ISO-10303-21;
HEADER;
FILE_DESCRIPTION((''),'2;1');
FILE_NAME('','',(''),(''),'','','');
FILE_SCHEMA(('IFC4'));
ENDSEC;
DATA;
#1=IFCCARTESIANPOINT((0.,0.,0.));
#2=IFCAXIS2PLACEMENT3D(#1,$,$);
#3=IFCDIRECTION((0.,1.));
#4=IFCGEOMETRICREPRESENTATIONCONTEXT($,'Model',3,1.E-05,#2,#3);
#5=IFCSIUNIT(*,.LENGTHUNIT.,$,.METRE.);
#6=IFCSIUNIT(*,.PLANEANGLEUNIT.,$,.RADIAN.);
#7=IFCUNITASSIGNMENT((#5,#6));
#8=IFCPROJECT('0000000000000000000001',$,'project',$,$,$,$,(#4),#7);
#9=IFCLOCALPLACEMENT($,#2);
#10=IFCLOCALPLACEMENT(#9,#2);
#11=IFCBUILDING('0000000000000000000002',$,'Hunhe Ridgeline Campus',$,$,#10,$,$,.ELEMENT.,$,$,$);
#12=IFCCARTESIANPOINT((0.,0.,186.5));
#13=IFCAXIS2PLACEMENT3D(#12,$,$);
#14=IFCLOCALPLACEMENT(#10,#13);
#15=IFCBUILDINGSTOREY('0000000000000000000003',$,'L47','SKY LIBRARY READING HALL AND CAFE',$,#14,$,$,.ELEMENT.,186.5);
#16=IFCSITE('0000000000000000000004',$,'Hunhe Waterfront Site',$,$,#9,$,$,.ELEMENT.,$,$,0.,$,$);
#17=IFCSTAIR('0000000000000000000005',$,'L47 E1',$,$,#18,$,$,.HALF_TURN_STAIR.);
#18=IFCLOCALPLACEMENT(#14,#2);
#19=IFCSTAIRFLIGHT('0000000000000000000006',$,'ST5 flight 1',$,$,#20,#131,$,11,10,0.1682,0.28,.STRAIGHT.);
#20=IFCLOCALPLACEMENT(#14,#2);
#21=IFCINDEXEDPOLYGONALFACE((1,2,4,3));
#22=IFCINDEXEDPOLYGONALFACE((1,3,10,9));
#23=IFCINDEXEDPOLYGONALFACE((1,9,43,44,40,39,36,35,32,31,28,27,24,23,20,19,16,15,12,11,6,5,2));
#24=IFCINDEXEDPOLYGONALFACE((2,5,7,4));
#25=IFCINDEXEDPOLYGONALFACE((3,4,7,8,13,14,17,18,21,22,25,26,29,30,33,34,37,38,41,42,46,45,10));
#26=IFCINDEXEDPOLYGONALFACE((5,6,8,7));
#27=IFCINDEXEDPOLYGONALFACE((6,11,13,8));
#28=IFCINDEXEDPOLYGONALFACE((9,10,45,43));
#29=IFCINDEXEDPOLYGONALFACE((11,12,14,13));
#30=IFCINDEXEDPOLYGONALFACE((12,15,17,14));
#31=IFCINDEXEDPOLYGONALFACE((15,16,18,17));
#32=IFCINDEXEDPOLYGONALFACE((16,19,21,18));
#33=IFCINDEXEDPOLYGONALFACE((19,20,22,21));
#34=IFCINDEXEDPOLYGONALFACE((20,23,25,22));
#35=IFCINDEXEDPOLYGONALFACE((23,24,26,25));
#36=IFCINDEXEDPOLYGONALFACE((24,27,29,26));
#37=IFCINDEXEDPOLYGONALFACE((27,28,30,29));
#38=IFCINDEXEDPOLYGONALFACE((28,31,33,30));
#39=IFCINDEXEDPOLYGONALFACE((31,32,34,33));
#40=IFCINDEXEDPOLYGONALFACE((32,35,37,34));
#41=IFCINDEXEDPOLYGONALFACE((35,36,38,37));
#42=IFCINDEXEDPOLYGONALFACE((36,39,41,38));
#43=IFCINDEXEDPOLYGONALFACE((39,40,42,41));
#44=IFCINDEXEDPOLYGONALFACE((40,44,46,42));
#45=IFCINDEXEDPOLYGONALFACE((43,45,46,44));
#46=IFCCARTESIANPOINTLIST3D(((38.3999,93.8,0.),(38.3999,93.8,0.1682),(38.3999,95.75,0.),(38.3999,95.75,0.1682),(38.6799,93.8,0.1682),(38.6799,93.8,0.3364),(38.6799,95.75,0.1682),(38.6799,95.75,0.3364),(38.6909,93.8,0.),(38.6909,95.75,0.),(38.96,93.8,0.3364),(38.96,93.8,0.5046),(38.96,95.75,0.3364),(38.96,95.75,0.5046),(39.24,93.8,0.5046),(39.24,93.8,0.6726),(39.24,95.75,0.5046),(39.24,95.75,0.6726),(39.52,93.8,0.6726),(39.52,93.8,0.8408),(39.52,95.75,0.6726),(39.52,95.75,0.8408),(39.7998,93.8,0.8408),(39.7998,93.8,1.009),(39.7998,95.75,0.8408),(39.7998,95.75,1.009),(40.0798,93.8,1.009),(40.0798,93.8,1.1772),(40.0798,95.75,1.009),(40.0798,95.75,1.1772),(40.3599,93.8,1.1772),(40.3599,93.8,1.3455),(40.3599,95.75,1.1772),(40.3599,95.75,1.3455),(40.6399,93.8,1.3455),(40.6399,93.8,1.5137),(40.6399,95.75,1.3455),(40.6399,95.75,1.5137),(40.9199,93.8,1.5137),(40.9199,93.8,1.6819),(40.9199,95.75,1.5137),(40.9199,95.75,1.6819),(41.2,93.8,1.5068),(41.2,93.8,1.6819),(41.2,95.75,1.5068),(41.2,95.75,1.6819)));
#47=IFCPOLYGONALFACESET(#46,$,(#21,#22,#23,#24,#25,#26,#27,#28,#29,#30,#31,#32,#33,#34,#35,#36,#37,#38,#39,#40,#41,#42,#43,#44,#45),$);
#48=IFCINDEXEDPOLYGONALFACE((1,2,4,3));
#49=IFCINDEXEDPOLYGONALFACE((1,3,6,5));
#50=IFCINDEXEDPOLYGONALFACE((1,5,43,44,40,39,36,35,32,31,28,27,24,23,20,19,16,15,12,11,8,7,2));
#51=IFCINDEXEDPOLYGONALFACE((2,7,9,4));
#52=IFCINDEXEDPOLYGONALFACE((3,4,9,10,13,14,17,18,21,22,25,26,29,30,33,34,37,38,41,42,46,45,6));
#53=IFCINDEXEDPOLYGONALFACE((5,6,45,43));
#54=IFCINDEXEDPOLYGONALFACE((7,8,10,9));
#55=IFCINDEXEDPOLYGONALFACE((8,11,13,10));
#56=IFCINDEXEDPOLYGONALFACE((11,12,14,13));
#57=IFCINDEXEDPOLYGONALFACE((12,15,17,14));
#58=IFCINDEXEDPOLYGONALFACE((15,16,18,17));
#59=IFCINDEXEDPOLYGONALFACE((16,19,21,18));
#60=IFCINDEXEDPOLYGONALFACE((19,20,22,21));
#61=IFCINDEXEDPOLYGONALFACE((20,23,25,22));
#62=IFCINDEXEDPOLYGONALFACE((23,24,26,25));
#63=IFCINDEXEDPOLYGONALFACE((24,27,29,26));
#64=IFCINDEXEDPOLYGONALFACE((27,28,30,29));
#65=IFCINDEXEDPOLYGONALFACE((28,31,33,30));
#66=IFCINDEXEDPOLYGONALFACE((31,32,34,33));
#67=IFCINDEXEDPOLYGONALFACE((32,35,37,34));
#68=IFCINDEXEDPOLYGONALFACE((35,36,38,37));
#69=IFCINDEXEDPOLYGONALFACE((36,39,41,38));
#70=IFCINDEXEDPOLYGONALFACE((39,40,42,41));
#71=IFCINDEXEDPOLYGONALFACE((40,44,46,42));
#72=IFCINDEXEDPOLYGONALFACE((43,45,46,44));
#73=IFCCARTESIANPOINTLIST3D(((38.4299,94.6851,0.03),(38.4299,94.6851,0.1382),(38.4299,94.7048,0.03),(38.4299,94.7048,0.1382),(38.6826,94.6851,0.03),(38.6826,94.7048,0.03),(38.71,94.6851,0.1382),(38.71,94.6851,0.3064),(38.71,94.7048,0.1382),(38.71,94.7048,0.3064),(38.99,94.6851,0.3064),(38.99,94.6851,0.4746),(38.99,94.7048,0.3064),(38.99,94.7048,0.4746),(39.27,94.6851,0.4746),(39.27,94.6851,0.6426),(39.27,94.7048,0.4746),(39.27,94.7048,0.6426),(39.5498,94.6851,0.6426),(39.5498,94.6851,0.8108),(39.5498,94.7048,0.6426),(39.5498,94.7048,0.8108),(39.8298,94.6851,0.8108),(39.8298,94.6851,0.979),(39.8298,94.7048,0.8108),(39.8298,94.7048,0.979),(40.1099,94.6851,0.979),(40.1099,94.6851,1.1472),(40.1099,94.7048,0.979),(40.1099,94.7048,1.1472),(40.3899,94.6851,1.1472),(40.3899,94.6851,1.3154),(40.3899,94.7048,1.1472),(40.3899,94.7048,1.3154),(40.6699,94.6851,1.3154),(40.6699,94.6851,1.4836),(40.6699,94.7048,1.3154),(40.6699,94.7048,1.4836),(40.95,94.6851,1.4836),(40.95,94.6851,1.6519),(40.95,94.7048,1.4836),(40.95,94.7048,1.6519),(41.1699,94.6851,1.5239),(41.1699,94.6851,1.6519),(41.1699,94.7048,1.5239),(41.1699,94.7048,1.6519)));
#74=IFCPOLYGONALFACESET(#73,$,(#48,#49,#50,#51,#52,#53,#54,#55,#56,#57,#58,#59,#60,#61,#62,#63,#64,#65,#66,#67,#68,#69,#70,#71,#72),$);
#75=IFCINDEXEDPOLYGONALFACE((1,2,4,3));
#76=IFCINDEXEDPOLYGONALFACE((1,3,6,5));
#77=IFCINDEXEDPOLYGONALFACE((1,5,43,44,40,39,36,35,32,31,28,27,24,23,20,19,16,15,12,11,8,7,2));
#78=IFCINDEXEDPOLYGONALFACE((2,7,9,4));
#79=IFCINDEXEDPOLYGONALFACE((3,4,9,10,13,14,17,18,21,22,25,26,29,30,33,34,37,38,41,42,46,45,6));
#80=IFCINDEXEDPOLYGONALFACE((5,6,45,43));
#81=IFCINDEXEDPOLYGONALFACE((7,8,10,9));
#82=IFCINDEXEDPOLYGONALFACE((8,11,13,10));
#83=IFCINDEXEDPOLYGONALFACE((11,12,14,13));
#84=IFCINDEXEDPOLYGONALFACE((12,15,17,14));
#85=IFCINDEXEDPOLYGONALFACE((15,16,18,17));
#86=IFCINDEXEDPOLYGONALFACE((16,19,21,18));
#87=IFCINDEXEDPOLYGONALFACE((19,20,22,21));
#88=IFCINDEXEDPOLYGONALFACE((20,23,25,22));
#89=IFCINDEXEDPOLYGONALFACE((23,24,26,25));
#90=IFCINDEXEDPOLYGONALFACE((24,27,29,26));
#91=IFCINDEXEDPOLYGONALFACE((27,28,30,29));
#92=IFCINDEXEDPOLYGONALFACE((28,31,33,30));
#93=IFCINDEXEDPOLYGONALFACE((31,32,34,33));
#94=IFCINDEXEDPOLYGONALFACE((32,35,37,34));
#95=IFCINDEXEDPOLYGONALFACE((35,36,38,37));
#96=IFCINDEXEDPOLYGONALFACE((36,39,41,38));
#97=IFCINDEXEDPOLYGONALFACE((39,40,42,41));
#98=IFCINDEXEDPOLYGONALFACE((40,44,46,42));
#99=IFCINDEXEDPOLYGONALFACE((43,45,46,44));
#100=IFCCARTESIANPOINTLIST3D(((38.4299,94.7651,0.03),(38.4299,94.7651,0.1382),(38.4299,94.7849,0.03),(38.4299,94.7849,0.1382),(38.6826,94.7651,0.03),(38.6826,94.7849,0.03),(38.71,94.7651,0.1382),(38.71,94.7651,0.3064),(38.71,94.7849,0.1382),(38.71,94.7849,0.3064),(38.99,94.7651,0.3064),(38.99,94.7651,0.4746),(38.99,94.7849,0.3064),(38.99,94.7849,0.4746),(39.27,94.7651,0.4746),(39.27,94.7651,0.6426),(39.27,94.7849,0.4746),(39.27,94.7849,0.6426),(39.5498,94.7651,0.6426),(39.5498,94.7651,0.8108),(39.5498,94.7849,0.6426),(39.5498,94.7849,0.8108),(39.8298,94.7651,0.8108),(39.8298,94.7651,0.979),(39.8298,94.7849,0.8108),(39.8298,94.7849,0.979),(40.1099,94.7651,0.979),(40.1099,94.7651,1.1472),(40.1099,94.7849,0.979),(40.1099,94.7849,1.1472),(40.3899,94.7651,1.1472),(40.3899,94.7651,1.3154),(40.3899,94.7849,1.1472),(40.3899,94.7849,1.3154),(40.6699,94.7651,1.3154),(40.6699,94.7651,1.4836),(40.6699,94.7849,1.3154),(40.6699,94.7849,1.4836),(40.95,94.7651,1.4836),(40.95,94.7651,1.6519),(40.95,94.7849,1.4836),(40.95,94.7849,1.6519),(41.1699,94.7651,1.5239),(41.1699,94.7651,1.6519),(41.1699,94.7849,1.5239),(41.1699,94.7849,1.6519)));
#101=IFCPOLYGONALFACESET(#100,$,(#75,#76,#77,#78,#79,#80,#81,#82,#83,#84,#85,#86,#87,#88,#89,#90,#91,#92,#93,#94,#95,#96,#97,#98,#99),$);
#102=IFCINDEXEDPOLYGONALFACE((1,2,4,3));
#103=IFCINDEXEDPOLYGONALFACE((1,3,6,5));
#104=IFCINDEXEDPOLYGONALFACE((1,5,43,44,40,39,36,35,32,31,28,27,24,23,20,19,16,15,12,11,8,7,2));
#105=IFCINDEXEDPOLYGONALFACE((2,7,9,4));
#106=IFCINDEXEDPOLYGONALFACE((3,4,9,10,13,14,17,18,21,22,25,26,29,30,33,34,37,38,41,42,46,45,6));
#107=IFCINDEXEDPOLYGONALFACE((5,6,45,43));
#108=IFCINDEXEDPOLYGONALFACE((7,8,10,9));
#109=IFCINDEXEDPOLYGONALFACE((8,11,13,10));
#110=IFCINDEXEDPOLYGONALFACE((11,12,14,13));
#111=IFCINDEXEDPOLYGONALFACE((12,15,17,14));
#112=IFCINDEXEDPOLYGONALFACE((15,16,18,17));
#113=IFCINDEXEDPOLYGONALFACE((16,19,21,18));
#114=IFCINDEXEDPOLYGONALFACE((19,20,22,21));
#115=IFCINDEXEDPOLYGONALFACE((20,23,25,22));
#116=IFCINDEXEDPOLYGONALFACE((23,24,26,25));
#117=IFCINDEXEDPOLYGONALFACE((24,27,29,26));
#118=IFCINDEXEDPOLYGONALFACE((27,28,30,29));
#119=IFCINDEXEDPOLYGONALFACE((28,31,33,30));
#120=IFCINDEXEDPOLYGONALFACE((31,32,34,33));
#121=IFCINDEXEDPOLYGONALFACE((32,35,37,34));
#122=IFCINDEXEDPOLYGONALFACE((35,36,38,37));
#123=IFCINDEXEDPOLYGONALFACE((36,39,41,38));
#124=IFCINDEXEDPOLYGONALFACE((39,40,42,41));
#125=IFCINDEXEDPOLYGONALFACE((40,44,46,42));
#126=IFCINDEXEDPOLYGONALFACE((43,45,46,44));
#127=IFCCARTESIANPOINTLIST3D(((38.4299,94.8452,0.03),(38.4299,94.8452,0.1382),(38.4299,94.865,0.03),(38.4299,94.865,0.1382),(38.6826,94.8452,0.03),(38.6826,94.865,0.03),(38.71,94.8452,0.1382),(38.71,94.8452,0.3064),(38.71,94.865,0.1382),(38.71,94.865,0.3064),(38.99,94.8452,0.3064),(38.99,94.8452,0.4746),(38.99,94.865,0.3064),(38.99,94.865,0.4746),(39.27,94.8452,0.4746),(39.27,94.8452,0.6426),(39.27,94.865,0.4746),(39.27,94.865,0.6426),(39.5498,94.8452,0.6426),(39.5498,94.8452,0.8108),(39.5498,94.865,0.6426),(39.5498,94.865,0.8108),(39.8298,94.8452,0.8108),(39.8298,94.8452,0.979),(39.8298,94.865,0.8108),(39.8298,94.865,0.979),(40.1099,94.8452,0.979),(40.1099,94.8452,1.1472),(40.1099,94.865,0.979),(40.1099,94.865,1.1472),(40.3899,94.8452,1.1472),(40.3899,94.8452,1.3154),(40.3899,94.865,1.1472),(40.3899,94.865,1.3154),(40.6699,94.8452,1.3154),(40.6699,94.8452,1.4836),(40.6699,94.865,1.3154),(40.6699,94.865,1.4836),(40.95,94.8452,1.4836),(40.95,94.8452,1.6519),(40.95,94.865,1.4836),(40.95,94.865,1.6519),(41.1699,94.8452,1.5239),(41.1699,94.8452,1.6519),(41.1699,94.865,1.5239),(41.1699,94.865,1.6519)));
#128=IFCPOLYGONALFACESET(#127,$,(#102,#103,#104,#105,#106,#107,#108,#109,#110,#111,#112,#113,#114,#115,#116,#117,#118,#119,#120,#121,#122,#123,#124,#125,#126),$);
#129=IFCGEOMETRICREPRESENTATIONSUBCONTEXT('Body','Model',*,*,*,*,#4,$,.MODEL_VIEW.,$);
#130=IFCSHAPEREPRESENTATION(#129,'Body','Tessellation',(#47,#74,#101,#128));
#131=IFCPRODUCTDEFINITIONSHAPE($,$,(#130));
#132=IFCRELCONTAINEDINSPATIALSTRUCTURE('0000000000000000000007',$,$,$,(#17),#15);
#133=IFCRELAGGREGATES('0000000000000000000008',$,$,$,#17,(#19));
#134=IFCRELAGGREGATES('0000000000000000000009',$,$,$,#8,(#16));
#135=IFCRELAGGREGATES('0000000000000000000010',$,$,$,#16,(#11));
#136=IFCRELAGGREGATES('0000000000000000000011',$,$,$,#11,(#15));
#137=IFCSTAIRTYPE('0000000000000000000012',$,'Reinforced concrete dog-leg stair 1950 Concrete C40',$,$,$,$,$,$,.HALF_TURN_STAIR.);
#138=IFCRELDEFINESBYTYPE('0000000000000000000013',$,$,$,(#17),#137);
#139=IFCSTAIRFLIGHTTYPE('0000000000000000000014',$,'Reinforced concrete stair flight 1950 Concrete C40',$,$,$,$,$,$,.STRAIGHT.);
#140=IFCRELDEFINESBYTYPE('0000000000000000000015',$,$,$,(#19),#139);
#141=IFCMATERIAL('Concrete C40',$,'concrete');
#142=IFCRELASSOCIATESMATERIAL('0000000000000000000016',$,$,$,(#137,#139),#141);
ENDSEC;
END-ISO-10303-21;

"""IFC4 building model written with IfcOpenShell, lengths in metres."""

from ifc_helpers import new_model, si_unit, direction, frame, origin, place, context, subcontext, project, spatial, polyline, outline, extrude, material, type_object, element, aggregate, save


model = new_model("IFC4")

# Units and contexts
model_context = context("Model", 3, precision=1e-05, world=origin(), true_north=direction((0.0, 1.0)))
body_context = subcontext(model_context, "Body", "Model", "MODEL_VIEW")
ifc_project = project(units=[si_unit("LENGTHUNIT", "METRE"), si_unit("PLANEANGLEUNIT", "RADIAN")], contexts=[model_context])

# Site, building, storey
site_placement = place(None, origin())
site = spatial("IfcSite", under=ifc_project, at=site_placement, Name="Hunhe Waterfront Site", CompositionType="ELEMENT", RefElevation=0.0)
building_placement = place(site_placement, origin())
building = spatial("IfcBuilding", under=site, at=building_placement, Name="Hunhe Ridgeline Campus", CompositionType="ELEMENT")
storey_placement = place(building_placement, frame((0.0, 0.0, 186.5)))
storey = spatial("IfcBuildingStorey", under=building, at=storey_placement, Name="L47", Description="SKY LIBRARY READING HALL AND CAFE", CompositionType="ELEMENT", Elevation=186.5)

# Stair, stair flight
ifc_material_1 = material(Name="Concrete C40", Category="concrete")
stair_type = type_object("IfcStairType", Name="Reinforced concrete dog-leg stair 1950 Concrete C40", PredefinedType="HALF_TURN_STAIR", material=ifc_material_1)
stair_placement = place(storey_placement, origin())
stair = element("IfcStair", 1, at=stair_placement, inside=storey, type_object=stair_type, Name="L47 E1", PredefinedType="HALF_TURN_STAIR")
stair_flight_type = type_object("IfcStairFlightType", Name="Reinforced concrete stair flight 1950 Concrete C40", PredefinedType="STRAIGHT", material=ifc_material_1)
stair_flight_1_placement = place(storey_placement, frame((38.3999, 94.7749, 0.0), z_axis=(0.0, 0.0, 1.0), x_axis=(1.0, 0.0, 0.0)))
stair_flight_1 = element("IfcStairFlight", 2, at=stair_flight_1_placement, type_object=stair_flight_type, Name="ST5 flight 1", NumberOfRisers=11, NumberOfTreads=10, PredefinedType="STRAIGHT", RiserHeight=0.1682, TreadLength=0.28, context=body_context, shape_type="SweptSolid", body=[
    extrude(outline(polyline([(0.0, 0.0), (0.0, 0.1682), (0.28, 0.1682), (0.28, 0.3364), (0.5601, 0.3364), (0.5601, 0.5046), (0.8401, 0.5046), (0.8401, 0.6726), (1.1201, 0.6726), (1.1201, 0.8408), (1.3999, 0.8408), (1.3999, 1.009), (1.6799, 1.009), (1.6799, 1.1772), (1.96, 1.1772), (1.96, 1.3455), (2.24, 1.3455), (2.24, 1.5137), (2.52, 1.5137), (2.52, 1.6819), (2.8, 1.6819), (2.8, 1.8501), (2.8, 1.5068), (0.291, 0.0), (0.0, 0.0)])), frame((0.0, 0.9751, 0.0), z_axis=(0.0, -1.0, 0.0), x_axis=(1.0, 0.0, 0.0)), (0.0, 0.0, 1.0), 1.95),
    extrude(outline(polyline([(0.03, 0.03), (0.03, 0.1382), (0.3101, 0.1382), (0.3101, 0.3064), (0.5901, 0.3064), (0.5901, 0.4746), (0.8701, 0.4746), (0.8701, 0.6426), (1.1499, 0.6426), (1.1499, 0.8108), (1.4299, 0.8108), (1.4299, 0.979), (1.71, 0.979), (1.71, 1.1472), (1.99, 1.1472), (1.99, 1.3154), (2.27, 1.3154), (2.27, 1.4836), (2.55, 1.4836), (2.55, 1.6519), (2.77, 1.6519), (2.77, 1.5239), (0.2827, 0.03), (0.03, 0.03)])), frame((0.0, -0.0701, 0.0), z_axis=(0.0, -1.0, 0.0), x_axis=(1.0, 0.0, 0.0)), (0.0, 0.0, 1.0), 0.0198),
    extrude(outline(polyline([(0.03, 0.03), (0.03, 0.1382), (0.3101, 0.1382), (0.3101, 0.3064), (0.5901, 0.3064), (0.5901, 0.4746), (0.8701, 0.4746), (0.8701, 0.6426), (1.1499, 0.6426), (1.1499, 0.8108), (1.4299, 0.8108), (1.4299, 0.979), (1.71, 0.979), (1.71, 1.1472), (1.99, 1.1472), (1.99, 1.3154), (2.27, 1.3154), (2.27, 1.4836), (2.55, 1.4836), (2.55, 1.6519), (2.77, 1.6519), (2.77, 1.5239), (0.2827, 0.03), (0.03, 0.03)])), frame((0.0, 0.01, 0.0), z_axis=(0.0, -1.0, 0.0), x_axis=(1.0, 0.0, 0.0)), (0.0, 0.0, 1.0), 0.0198),
    extrude(outline(polyline([(0.03, 0.03), (0.03, 0.1382), (0.3101, 0.1382), (0.3101, 0.3064), (0.5901, 0.3064), (0.5901, 0.4746), (0.8701, 0.4746), (0.8701, 0.6426), (1.1499, 0.6426), (1.1499, 0.8108), (1.4299, 0.8108), (1.4299, 0.979), (1.71, 0.979), (1.71, 1.1472), (1.99, 1.1472), (1.99, 1.3154), (2.27, 1.3154), (2.27, 1.4836), (2.55, 1.4836), (2.55, 1.6519), (2.77, 1.6519), (2.77, 1.5239), (0.2827, 0.03), (0.03, 0.03)])), frame((0.0, 0.0901, 0.0), z_axis=(0.0, -1.0, 0.0), x_axis=(1.0, 0.0, 0.0)), (0.0, 0.0, 1.0), 0.0198),
])
aggregate(stair, [stair_flight_1])

save(model, "model.ifc")
